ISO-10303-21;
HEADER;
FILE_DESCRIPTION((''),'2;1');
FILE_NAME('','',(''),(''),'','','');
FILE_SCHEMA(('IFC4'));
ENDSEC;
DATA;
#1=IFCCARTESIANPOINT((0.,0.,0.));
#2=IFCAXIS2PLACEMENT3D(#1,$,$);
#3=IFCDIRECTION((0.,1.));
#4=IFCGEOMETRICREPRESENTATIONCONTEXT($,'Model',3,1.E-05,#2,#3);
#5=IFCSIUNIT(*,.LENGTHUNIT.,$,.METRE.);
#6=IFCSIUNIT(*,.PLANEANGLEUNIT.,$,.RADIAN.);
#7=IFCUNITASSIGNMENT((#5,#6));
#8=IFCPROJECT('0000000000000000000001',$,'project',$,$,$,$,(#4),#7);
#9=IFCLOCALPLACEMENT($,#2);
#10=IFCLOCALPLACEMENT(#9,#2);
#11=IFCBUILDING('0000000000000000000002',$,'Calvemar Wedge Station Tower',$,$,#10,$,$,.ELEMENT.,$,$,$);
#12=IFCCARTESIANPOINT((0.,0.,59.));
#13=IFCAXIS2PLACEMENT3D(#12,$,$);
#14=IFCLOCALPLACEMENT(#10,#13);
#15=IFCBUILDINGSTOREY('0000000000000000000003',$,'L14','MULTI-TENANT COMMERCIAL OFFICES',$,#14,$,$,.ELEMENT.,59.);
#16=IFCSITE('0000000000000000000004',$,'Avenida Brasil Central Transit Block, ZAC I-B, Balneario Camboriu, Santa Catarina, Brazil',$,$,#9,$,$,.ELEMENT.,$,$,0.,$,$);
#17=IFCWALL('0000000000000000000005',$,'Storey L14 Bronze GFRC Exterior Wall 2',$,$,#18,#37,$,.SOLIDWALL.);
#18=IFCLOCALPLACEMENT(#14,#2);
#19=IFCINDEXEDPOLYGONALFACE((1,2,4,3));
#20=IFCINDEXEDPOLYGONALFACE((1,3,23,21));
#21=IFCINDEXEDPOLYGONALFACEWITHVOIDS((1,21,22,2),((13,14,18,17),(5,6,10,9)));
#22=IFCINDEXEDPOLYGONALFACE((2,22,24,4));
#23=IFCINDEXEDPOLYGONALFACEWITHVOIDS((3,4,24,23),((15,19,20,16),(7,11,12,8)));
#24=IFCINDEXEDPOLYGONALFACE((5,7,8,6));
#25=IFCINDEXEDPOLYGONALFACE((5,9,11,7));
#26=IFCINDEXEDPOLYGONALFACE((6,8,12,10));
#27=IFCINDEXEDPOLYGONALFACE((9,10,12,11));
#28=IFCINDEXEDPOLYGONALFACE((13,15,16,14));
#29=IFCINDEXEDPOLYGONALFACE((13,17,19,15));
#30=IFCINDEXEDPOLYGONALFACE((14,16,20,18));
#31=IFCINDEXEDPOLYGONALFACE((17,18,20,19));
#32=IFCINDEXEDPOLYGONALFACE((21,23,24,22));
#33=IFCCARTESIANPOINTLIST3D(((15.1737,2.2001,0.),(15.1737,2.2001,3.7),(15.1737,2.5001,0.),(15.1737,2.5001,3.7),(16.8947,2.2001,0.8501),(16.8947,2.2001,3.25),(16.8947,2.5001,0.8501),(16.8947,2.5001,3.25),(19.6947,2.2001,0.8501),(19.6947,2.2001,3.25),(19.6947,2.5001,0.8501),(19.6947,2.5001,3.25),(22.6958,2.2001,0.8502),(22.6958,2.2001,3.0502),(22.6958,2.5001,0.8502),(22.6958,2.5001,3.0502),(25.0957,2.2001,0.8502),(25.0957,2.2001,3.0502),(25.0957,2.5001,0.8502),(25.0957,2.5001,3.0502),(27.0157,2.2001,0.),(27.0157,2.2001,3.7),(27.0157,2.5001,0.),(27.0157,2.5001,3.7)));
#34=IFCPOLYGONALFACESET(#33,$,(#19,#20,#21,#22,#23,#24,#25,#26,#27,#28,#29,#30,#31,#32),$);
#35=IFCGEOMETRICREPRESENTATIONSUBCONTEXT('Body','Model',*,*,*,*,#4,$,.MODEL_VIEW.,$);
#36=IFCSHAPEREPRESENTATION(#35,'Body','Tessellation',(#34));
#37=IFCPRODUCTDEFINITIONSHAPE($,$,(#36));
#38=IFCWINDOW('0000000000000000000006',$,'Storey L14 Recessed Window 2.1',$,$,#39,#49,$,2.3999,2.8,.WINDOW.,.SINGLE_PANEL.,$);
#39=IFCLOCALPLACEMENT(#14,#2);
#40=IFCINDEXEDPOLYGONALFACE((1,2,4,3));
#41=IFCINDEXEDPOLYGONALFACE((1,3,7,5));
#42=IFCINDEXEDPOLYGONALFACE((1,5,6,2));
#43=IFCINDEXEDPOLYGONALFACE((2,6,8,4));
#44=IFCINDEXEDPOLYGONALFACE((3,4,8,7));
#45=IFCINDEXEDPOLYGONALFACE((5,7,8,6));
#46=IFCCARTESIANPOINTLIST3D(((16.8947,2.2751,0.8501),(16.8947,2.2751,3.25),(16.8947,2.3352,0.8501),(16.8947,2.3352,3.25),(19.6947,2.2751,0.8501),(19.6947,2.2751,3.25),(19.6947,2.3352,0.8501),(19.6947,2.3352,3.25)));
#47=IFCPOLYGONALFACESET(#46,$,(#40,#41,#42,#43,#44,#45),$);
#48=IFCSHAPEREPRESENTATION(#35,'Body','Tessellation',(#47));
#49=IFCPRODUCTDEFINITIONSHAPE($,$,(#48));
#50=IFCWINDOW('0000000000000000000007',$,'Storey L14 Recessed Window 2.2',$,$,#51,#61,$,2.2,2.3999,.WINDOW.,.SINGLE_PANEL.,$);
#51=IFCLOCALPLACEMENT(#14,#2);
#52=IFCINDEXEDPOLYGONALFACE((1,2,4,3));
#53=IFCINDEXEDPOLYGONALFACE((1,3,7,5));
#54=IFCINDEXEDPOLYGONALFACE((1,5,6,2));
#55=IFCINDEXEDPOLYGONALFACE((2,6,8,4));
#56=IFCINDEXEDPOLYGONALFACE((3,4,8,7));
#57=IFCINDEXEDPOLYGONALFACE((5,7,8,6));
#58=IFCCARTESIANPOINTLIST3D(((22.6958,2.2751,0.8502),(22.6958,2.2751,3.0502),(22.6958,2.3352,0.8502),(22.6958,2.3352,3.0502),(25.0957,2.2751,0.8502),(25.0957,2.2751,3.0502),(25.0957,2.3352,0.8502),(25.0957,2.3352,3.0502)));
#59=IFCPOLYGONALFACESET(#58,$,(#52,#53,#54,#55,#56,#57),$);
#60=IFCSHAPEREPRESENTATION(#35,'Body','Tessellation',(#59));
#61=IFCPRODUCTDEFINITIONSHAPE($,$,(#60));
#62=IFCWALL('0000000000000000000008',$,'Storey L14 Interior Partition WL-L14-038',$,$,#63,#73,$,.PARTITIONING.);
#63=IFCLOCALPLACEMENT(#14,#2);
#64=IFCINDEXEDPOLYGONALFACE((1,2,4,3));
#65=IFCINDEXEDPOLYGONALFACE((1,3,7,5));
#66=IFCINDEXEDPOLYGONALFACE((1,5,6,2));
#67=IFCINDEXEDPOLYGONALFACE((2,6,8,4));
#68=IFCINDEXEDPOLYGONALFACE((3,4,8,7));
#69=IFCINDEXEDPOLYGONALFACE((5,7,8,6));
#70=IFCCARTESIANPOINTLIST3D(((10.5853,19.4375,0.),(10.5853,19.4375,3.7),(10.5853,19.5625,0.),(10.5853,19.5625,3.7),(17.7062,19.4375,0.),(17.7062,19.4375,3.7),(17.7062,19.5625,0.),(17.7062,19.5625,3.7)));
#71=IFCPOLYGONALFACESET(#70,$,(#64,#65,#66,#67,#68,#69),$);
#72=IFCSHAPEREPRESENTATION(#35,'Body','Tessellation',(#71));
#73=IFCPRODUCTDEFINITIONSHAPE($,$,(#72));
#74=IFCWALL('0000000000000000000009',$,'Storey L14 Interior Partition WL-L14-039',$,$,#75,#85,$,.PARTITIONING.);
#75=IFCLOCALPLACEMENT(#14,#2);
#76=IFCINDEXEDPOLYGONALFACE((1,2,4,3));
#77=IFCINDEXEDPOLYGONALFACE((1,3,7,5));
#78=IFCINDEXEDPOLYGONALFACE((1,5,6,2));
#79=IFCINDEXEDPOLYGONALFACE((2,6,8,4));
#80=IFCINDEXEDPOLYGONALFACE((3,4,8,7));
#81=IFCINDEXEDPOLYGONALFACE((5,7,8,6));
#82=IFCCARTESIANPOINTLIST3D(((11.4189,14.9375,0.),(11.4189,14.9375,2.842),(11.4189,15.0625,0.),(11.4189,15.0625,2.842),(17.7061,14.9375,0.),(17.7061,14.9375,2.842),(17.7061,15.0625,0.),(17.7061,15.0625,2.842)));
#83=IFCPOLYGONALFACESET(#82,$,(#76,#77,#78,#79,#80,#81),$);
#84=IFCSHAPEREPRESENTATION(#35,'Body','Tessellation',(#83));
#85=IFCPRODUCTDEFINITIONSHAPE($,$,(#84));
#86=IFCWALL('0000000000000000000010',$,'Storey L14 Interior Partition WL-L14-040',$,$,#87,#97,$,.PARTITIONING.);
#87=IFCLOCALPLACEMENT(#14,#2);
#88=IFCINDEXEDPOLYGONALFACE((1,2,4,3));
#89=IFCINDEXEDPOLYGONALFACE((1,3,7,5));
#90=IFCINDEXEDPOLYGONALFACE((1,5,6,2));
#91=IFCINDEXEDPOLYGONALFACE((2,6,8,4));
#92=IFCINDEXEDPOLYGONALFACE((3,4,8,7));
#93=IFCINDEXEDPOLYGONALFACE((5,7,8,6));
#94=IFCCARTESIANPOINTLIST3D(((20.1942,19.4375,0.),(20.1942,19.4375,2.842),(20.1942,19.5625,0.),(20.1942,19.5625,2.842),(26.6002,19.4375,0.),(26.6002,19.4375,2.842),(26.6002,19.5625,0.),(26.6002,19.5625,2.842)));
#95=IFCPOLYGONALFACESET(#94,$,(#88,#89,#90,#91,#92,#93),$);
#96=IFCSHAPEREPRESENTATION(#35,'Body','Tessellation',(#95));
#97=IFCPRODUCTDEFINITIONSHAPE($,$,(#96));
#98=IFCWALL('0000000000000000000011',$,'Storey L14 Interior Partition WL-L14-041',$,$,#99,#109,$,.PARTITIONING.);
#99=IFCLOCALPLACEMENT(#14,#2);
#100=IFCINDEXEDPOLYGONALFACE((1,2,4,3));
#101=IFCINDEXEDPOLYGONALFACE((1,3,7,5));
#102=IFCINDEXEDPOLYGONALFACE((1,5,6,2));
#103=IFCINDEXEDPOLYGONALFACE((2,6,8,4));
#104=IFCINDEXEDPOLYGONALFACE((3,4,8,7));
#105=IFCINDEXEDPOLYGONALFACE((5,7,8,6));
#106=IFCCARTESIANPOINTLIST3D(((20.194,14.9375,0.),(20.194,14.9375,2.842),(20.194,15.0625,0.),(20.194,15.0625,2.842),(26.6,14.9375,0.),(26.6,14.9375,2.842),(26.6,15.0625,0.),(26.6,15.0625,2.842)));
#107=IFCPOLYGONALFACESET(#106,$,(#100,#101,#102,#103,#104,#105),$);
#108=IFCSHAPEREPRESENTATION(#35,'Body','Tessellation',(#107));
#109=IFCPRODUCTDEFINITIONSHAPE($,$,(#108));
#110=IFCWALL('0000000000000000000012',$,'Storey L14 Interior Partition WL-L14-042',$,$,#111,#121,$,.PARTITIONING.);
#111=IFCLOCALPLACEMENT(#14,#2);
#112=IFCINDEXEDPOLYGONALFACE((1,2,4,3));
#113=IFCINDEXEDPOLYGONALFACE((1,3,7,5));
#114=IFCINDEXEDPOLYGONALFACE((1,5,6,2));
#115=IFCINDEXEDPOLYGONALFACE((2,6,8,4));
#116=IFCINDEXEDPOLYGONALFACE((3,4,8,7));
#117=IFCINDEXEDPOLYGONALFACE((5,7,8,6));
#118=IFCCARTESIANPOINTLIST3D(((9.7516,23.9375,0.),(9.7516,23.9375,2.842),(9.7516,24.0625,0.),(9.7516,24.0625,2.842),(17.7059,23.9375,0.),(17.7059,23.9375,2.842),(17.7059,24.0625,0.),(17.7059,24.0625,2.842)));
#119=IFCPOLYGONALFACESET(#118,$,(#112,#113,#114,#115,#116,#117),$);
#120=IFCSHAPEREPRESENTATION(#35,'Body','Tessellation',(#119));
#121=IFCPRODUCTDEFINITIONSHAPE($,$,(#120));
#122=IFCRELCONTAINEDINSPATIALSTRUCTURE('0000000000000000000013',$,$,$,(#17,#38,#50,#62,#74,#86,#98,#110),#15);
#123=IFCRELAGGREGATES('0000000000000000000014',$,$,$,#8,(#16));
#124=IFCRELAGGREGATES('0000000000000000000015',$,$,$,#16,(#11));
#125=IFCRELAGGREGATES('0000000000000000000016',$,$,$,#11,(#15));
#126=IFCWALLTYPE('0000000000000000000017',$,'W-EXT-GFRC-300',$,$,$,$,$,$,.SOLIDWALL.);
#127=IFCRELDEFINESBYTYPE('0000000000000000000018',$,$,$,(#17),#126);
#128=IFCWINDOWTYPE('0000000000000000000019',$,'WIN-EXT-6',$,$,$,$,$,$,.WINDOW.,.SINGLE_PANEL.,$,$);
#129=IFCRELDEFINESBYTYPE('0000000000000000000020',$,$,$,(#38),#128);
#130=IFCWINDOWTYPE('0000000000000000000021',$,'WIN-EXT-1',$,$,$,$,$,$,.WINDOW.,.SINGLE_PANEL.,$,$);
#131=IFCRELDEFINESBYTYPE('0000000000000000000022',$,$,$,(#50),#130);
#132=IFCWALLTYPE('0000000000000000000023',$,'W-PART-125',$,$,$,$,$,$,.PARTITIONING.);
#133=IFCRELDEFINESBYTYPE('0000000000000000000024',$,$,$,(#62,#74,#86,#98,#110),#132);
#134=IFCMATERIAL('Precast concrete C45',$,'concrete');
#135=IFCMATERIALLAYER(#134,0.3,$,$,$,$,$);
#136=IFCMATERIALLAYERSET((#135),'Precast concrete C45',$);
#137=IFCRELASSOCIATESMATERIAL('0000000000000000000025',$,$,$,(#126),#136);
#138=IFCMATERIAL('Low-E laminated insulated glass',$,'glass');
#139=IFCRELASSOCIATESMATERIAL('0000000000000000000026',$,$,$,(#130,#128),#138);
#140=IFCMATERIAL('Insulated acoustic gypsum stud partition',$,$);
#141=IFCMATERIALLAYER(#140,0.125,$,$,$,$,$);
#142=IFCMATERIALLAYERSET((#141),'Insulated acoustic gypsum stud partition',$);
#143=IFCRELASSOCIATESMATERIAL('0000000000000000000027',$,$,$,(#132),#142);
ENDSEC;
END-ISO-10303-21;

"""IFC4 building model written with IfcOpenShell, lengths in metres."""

from ifc_helpers import new_model, si_unit, direction, frame, frame_2d, origin, place, context, subcontext, project, spatial, rectangle, extrude, source, transform, mapped, material, layer, layer_set, type_object, element, fill, save


model = new_model("IFC4")

# Units and contexts
model_context = context("Model", 3, precision=1e-05, world=origin(), true_north=direction((0.0, 1.0)))
body_context = subcontext(model_context, "Body", "Model", "MODEL_VIEW")
ifc_project = project(units=[si_unit("LENGTHUNIT", "METRE"), si_unit("PLANEANGLEUNIT", "RADIAN")], contexts=[model_context])

# Site, building, storey
site_placement = place(None, origin())
site = spatial("IfcSite", under=ifc_project, at=site_placement, Name="Avenida Brasil Central Transit Block, ZAC I-B, Balneario Camboriu, Santa Catarina, Brazil", CompositionType="ELEMENT", RefElevation=0.0)
building_placement = place(site_placement, origin())
building = spatial("IfcBuilding", under=site, at=building_placement, Name="Calvemar Wedge Station Tower", CompositionType="ELEMENT")
storey_placement = place(building_placement, frame((0.0, 0.0, 59.0)))
storey = spatial("IfcBuildingStorey", under=building, at=storey_placement, Name="L14", Description="MULTI-TENANT COMMERCIAL OFFICES", CompositionType="ELEMENT", Elevation=59.0)

# Shared definitions
ifc_material_1 = material(Name="Precast concrete C45", Category="concrete")
ifc_layer_1 = layer(ifc_material_1, 0.3)
ifc_layer_set_1 = layer_set([ifc_layer_1], Name="Precast concrete C45")
wall_type_1 = type_object("IfcWallType", Name="W-EXT-GFRC-300", PredefinedType="SOLIDWALL", material=ifc_layer_set_1)
shared_shape_1 = source(origin(), body_context, "Body", "SweptSolid", [
    extrude(rectangle(XDim=2.3999, YDim=2.2, at=frame_2d((1.2, 1.1001))), frame((0.0, 0.1602, 0.0), z_axis=(0.0, -1.0, 0.0), x_axis=(1.0, 0.0, 0.0)), (0.0, 0.0, 1.0), 0.3201),
])
ifc_material_2 = material(Name="Low-E laminated insulated glass", Category="glass")
window_type_1 = type_object("IfcWindowType", Name="WIN-EXT-1", PartitioningType="SINGLE_PANEL", PredefinedType="WINDOW", material=ifc_material_2)
shared_shape_2 = source(origin(), body_context, "Body", "SweptSolid", [
    extrude(rectangle(XDim=2.3999, YDim=2.2, at=frame_2d((1.2, 1.1001))), frame((0.0, -0.0149, 0.0), z_axis=(0.0, -1.0, 0.0), x_axis=(1.0, 0.0, 0.0)), (0.0, 0.0, 1.0), 0.0601),
])

# Wall, openings, windows
wall_1_placement = place(storey_placement, frame((15.1738, 2.3501, 0.0), z_axis=(0.0, 0.0, 1.0), x_axis=(1.0, 0.0, 0.0)))
wall_1 = element("IfcWall", 1, at=wall_1_placement, inside=storey, type_object=wall_type_1, Name="Storey L14 Bronze GFRC Exterior Wall 2", PredefinedType="SOLIDWALL", context=body_context, shape_type="SweptSolid", body=[
    extrude(rectangle(XDim=11.842, YDim=0.3, at=frame_2d((5.9209, 0.0))), origin(), (0.0, 0.0, 1.0), 3.7),
])
shared_shape_3 = source(origin(), body_context, "Body", "SweptSolid", [
    extrude(rectangle(XDim=2.8, YDim=2.3999, at=frame_2d((1.3999, 1.2))), frame((0.0, 0.1602, 0.0), z_axis=(0.0, -1.0, 0.0), x_axis=(1.0, 0.0, 0.0)), (0.0, 0.0, 1.0), 0.3201),
])
opening_1_placement = place(wall_1_placement, frame((1.7209, 0.0, 0.8501)))
opening_1 = element("IfcOpeningElement", 2, at=opening_1_placement, cuts=wall_1, PredefinedType="OPENING", context=body_context, shape_type="MappedRepresentation", body=[
    mapped(shared_shape_3, transform((0.0, 0.0, 0.0), scale=1.0)),
])
opening_2_placement = place(wall_1_placement, frame((7.522, 0.0, 0.8501)))
opening_2 = element("IfcOpeningElement", 3, at=opening_2_placement, cuts=wall_1, PredefinedType="OPENING", context=body_context, shape_type="MappedRepresentation", body=[
    mapped(shared_shape_1, transform((0.0, 0.0, 0.0), scale=1.0)),
])
window_type_2 = type_object("IfcWindowType", Name="WIN-EXT-6", PartitioningType="SINGLE_PANEL", PredefinedType="WINDOW", material=ifc_material_2)
shared_shape_4 = source(origin(), body_context, "Body", "SweptSolid", [
    extrude(rectangle(XDim=2.8, YDim=2.3999, at=frame_2d((1.3999, 1.2))), frame((0.0, -0.0149, 0.0), z_axis=(0.0, -1.0, 0.0), x_axis=(1.0, 0.0, 0.0)), (0.0, 0.0, 1.0), 0.0601),
])
window_1_placement = place(opening_1_placement, origin())
window_1 = element("IfcWindow", 4, at=window_1_placement, inside=storey, type_object=window_type_2, Name="Storey L14 Recessed Window 2.1", OverallHeight=2.3999, OverallWidth=2.8, PartitioningType="SINGLE_PANEL", PredefinedType="WINDOW", context=body_context, shape_type="MappedRepresentation", body=[
    mapped(shared_shape_4, transform((0.0, 0.0, 0.0), scale=1.0)),
])
fill(opening_1, window_1)
window_2_placement = place(opening_2_placement, origin())
window_2 = element("IfcWindow", 5, at=window_2_placement, inside=storey, type_object=window_type_1, Name="Storey L14 Recessed Window 2.2", OverallHeight=2.2, OverallWidth=2.3999, PartitioningType="SINGLE_PANEL", PredefinedType="WINDOW", context=body_context, shape_type="MappedRepresentation", body=[
    mapped(shared_shape_2, transform((0.0, 0.0, 0.0), scale=1.0)),
])
fill(opening_2, window_2)

# Walls
ifc_material_3 = material(Name="Insulated acoustic gypsum stud partition")
ifc_layer_2 = layer(ifc_material_3, 0.125)
ifc_layer_set_2 = layer_set([ifc_layer_2], Name="Insulated acoustic gypsum stud partition")
wall_type_2 = type_object("IfcWallType", Name="W-PART-125", PredefinedType="PARTITIONING", material=ifc_layer_set_2)
wall_2_placement = place(storey_placement, frame((10.5852, 19.5, 0.0), z_axis=(0.0, 0.0, 1.0), x_axis=(1.0, 0.0, 0.0)))
element("IfcWall", 6, at=wall_2_placement, inside=storey, type_object=wall_type_2, Name="Storey L14 Interior Partition WL-L14-038", PredefinedType="PARTITIONING", context=body_context, shape_type="SweptSolid", body=[
    extrude(rectangle(XDim=7.1208, YDim=0.125, at=frame_2d((3.5605, 0.0))), origin(), (0.0, 0.0, 1.0), 3.7),
])
wall_3_placement = place(storey_placement, frame((17.7061, 15.0, 0.0), z_axis=(0.0, 0.0, 1.0), x_axis=(-1.0, 0.0, 0.0)))
element("IfcWall", 7, at=wall_3_placement, inside=storey, type_object=wall_type_2, Name="Storey L14 Interior Partition WL-L14-039", PredefinedType="PARTITIONING", context=body_context, shape_type="SweptSolid", body=[
    extrude(rectangle(XDim=6.2871, YDim=0.125, at=frame_2d((3.1436, 0.0))), origin(), (0.0, 0.0, 1.0), 2.842),
])
for number, where, z_axis, x_axis, name in (
    (8, (20.1941, 19.5, 0.0), (0.0, 0.0, 1.0), (1.0, 0.0, 0.0), "Storey L14 Interior Partition WL-L14-040"),
    (9, (26.6001, 15.0, 0.0), (0.0, 0.0, 1.0), (-1.0, 0.0, 0.0), "Storey L14 Interior Partition WL-L14-041"),
):
    element("IfcWall", number, at=place(storey_placement, frame(where, z_axis=z_axis, x_axis=x_axis)), inside=storey, type_object=wall_type_2, Name=name, PredefinedType="PARTITIONING", context=body_context, shape_type="SweptSolid", body=[
        extrude(rectangle(XDim=6.406, YDim=0.125, at=frame_2d((3.2031, 0.0))), origin(), (0.0, 0.0, 1.0), 2.842),
    ])
wall_4_placement = place(storey_placement, frame((9.7517, 24.0, 0.0), z_axis=(0.0, 0.0, 1.0), x_axis=(1.0, 0.0, 0.0)))
element("IfcWall", 10, at=wall_4_placement, inside=storey, type_object=wall_type_2, Name="Storey L14 Interior Partition WL-L14-042", PredefinedType="PARTITIONING", context=body_context, shape_type="SweptSolid", body=[
    extrude(rectangle(XDim=7.9543, YDim=0.125, at=frame_2d((3.9771, 0.0))), origin(), (0.0, 0.0, 1.0), 2.842),
])

save(model, "model.ifc")
